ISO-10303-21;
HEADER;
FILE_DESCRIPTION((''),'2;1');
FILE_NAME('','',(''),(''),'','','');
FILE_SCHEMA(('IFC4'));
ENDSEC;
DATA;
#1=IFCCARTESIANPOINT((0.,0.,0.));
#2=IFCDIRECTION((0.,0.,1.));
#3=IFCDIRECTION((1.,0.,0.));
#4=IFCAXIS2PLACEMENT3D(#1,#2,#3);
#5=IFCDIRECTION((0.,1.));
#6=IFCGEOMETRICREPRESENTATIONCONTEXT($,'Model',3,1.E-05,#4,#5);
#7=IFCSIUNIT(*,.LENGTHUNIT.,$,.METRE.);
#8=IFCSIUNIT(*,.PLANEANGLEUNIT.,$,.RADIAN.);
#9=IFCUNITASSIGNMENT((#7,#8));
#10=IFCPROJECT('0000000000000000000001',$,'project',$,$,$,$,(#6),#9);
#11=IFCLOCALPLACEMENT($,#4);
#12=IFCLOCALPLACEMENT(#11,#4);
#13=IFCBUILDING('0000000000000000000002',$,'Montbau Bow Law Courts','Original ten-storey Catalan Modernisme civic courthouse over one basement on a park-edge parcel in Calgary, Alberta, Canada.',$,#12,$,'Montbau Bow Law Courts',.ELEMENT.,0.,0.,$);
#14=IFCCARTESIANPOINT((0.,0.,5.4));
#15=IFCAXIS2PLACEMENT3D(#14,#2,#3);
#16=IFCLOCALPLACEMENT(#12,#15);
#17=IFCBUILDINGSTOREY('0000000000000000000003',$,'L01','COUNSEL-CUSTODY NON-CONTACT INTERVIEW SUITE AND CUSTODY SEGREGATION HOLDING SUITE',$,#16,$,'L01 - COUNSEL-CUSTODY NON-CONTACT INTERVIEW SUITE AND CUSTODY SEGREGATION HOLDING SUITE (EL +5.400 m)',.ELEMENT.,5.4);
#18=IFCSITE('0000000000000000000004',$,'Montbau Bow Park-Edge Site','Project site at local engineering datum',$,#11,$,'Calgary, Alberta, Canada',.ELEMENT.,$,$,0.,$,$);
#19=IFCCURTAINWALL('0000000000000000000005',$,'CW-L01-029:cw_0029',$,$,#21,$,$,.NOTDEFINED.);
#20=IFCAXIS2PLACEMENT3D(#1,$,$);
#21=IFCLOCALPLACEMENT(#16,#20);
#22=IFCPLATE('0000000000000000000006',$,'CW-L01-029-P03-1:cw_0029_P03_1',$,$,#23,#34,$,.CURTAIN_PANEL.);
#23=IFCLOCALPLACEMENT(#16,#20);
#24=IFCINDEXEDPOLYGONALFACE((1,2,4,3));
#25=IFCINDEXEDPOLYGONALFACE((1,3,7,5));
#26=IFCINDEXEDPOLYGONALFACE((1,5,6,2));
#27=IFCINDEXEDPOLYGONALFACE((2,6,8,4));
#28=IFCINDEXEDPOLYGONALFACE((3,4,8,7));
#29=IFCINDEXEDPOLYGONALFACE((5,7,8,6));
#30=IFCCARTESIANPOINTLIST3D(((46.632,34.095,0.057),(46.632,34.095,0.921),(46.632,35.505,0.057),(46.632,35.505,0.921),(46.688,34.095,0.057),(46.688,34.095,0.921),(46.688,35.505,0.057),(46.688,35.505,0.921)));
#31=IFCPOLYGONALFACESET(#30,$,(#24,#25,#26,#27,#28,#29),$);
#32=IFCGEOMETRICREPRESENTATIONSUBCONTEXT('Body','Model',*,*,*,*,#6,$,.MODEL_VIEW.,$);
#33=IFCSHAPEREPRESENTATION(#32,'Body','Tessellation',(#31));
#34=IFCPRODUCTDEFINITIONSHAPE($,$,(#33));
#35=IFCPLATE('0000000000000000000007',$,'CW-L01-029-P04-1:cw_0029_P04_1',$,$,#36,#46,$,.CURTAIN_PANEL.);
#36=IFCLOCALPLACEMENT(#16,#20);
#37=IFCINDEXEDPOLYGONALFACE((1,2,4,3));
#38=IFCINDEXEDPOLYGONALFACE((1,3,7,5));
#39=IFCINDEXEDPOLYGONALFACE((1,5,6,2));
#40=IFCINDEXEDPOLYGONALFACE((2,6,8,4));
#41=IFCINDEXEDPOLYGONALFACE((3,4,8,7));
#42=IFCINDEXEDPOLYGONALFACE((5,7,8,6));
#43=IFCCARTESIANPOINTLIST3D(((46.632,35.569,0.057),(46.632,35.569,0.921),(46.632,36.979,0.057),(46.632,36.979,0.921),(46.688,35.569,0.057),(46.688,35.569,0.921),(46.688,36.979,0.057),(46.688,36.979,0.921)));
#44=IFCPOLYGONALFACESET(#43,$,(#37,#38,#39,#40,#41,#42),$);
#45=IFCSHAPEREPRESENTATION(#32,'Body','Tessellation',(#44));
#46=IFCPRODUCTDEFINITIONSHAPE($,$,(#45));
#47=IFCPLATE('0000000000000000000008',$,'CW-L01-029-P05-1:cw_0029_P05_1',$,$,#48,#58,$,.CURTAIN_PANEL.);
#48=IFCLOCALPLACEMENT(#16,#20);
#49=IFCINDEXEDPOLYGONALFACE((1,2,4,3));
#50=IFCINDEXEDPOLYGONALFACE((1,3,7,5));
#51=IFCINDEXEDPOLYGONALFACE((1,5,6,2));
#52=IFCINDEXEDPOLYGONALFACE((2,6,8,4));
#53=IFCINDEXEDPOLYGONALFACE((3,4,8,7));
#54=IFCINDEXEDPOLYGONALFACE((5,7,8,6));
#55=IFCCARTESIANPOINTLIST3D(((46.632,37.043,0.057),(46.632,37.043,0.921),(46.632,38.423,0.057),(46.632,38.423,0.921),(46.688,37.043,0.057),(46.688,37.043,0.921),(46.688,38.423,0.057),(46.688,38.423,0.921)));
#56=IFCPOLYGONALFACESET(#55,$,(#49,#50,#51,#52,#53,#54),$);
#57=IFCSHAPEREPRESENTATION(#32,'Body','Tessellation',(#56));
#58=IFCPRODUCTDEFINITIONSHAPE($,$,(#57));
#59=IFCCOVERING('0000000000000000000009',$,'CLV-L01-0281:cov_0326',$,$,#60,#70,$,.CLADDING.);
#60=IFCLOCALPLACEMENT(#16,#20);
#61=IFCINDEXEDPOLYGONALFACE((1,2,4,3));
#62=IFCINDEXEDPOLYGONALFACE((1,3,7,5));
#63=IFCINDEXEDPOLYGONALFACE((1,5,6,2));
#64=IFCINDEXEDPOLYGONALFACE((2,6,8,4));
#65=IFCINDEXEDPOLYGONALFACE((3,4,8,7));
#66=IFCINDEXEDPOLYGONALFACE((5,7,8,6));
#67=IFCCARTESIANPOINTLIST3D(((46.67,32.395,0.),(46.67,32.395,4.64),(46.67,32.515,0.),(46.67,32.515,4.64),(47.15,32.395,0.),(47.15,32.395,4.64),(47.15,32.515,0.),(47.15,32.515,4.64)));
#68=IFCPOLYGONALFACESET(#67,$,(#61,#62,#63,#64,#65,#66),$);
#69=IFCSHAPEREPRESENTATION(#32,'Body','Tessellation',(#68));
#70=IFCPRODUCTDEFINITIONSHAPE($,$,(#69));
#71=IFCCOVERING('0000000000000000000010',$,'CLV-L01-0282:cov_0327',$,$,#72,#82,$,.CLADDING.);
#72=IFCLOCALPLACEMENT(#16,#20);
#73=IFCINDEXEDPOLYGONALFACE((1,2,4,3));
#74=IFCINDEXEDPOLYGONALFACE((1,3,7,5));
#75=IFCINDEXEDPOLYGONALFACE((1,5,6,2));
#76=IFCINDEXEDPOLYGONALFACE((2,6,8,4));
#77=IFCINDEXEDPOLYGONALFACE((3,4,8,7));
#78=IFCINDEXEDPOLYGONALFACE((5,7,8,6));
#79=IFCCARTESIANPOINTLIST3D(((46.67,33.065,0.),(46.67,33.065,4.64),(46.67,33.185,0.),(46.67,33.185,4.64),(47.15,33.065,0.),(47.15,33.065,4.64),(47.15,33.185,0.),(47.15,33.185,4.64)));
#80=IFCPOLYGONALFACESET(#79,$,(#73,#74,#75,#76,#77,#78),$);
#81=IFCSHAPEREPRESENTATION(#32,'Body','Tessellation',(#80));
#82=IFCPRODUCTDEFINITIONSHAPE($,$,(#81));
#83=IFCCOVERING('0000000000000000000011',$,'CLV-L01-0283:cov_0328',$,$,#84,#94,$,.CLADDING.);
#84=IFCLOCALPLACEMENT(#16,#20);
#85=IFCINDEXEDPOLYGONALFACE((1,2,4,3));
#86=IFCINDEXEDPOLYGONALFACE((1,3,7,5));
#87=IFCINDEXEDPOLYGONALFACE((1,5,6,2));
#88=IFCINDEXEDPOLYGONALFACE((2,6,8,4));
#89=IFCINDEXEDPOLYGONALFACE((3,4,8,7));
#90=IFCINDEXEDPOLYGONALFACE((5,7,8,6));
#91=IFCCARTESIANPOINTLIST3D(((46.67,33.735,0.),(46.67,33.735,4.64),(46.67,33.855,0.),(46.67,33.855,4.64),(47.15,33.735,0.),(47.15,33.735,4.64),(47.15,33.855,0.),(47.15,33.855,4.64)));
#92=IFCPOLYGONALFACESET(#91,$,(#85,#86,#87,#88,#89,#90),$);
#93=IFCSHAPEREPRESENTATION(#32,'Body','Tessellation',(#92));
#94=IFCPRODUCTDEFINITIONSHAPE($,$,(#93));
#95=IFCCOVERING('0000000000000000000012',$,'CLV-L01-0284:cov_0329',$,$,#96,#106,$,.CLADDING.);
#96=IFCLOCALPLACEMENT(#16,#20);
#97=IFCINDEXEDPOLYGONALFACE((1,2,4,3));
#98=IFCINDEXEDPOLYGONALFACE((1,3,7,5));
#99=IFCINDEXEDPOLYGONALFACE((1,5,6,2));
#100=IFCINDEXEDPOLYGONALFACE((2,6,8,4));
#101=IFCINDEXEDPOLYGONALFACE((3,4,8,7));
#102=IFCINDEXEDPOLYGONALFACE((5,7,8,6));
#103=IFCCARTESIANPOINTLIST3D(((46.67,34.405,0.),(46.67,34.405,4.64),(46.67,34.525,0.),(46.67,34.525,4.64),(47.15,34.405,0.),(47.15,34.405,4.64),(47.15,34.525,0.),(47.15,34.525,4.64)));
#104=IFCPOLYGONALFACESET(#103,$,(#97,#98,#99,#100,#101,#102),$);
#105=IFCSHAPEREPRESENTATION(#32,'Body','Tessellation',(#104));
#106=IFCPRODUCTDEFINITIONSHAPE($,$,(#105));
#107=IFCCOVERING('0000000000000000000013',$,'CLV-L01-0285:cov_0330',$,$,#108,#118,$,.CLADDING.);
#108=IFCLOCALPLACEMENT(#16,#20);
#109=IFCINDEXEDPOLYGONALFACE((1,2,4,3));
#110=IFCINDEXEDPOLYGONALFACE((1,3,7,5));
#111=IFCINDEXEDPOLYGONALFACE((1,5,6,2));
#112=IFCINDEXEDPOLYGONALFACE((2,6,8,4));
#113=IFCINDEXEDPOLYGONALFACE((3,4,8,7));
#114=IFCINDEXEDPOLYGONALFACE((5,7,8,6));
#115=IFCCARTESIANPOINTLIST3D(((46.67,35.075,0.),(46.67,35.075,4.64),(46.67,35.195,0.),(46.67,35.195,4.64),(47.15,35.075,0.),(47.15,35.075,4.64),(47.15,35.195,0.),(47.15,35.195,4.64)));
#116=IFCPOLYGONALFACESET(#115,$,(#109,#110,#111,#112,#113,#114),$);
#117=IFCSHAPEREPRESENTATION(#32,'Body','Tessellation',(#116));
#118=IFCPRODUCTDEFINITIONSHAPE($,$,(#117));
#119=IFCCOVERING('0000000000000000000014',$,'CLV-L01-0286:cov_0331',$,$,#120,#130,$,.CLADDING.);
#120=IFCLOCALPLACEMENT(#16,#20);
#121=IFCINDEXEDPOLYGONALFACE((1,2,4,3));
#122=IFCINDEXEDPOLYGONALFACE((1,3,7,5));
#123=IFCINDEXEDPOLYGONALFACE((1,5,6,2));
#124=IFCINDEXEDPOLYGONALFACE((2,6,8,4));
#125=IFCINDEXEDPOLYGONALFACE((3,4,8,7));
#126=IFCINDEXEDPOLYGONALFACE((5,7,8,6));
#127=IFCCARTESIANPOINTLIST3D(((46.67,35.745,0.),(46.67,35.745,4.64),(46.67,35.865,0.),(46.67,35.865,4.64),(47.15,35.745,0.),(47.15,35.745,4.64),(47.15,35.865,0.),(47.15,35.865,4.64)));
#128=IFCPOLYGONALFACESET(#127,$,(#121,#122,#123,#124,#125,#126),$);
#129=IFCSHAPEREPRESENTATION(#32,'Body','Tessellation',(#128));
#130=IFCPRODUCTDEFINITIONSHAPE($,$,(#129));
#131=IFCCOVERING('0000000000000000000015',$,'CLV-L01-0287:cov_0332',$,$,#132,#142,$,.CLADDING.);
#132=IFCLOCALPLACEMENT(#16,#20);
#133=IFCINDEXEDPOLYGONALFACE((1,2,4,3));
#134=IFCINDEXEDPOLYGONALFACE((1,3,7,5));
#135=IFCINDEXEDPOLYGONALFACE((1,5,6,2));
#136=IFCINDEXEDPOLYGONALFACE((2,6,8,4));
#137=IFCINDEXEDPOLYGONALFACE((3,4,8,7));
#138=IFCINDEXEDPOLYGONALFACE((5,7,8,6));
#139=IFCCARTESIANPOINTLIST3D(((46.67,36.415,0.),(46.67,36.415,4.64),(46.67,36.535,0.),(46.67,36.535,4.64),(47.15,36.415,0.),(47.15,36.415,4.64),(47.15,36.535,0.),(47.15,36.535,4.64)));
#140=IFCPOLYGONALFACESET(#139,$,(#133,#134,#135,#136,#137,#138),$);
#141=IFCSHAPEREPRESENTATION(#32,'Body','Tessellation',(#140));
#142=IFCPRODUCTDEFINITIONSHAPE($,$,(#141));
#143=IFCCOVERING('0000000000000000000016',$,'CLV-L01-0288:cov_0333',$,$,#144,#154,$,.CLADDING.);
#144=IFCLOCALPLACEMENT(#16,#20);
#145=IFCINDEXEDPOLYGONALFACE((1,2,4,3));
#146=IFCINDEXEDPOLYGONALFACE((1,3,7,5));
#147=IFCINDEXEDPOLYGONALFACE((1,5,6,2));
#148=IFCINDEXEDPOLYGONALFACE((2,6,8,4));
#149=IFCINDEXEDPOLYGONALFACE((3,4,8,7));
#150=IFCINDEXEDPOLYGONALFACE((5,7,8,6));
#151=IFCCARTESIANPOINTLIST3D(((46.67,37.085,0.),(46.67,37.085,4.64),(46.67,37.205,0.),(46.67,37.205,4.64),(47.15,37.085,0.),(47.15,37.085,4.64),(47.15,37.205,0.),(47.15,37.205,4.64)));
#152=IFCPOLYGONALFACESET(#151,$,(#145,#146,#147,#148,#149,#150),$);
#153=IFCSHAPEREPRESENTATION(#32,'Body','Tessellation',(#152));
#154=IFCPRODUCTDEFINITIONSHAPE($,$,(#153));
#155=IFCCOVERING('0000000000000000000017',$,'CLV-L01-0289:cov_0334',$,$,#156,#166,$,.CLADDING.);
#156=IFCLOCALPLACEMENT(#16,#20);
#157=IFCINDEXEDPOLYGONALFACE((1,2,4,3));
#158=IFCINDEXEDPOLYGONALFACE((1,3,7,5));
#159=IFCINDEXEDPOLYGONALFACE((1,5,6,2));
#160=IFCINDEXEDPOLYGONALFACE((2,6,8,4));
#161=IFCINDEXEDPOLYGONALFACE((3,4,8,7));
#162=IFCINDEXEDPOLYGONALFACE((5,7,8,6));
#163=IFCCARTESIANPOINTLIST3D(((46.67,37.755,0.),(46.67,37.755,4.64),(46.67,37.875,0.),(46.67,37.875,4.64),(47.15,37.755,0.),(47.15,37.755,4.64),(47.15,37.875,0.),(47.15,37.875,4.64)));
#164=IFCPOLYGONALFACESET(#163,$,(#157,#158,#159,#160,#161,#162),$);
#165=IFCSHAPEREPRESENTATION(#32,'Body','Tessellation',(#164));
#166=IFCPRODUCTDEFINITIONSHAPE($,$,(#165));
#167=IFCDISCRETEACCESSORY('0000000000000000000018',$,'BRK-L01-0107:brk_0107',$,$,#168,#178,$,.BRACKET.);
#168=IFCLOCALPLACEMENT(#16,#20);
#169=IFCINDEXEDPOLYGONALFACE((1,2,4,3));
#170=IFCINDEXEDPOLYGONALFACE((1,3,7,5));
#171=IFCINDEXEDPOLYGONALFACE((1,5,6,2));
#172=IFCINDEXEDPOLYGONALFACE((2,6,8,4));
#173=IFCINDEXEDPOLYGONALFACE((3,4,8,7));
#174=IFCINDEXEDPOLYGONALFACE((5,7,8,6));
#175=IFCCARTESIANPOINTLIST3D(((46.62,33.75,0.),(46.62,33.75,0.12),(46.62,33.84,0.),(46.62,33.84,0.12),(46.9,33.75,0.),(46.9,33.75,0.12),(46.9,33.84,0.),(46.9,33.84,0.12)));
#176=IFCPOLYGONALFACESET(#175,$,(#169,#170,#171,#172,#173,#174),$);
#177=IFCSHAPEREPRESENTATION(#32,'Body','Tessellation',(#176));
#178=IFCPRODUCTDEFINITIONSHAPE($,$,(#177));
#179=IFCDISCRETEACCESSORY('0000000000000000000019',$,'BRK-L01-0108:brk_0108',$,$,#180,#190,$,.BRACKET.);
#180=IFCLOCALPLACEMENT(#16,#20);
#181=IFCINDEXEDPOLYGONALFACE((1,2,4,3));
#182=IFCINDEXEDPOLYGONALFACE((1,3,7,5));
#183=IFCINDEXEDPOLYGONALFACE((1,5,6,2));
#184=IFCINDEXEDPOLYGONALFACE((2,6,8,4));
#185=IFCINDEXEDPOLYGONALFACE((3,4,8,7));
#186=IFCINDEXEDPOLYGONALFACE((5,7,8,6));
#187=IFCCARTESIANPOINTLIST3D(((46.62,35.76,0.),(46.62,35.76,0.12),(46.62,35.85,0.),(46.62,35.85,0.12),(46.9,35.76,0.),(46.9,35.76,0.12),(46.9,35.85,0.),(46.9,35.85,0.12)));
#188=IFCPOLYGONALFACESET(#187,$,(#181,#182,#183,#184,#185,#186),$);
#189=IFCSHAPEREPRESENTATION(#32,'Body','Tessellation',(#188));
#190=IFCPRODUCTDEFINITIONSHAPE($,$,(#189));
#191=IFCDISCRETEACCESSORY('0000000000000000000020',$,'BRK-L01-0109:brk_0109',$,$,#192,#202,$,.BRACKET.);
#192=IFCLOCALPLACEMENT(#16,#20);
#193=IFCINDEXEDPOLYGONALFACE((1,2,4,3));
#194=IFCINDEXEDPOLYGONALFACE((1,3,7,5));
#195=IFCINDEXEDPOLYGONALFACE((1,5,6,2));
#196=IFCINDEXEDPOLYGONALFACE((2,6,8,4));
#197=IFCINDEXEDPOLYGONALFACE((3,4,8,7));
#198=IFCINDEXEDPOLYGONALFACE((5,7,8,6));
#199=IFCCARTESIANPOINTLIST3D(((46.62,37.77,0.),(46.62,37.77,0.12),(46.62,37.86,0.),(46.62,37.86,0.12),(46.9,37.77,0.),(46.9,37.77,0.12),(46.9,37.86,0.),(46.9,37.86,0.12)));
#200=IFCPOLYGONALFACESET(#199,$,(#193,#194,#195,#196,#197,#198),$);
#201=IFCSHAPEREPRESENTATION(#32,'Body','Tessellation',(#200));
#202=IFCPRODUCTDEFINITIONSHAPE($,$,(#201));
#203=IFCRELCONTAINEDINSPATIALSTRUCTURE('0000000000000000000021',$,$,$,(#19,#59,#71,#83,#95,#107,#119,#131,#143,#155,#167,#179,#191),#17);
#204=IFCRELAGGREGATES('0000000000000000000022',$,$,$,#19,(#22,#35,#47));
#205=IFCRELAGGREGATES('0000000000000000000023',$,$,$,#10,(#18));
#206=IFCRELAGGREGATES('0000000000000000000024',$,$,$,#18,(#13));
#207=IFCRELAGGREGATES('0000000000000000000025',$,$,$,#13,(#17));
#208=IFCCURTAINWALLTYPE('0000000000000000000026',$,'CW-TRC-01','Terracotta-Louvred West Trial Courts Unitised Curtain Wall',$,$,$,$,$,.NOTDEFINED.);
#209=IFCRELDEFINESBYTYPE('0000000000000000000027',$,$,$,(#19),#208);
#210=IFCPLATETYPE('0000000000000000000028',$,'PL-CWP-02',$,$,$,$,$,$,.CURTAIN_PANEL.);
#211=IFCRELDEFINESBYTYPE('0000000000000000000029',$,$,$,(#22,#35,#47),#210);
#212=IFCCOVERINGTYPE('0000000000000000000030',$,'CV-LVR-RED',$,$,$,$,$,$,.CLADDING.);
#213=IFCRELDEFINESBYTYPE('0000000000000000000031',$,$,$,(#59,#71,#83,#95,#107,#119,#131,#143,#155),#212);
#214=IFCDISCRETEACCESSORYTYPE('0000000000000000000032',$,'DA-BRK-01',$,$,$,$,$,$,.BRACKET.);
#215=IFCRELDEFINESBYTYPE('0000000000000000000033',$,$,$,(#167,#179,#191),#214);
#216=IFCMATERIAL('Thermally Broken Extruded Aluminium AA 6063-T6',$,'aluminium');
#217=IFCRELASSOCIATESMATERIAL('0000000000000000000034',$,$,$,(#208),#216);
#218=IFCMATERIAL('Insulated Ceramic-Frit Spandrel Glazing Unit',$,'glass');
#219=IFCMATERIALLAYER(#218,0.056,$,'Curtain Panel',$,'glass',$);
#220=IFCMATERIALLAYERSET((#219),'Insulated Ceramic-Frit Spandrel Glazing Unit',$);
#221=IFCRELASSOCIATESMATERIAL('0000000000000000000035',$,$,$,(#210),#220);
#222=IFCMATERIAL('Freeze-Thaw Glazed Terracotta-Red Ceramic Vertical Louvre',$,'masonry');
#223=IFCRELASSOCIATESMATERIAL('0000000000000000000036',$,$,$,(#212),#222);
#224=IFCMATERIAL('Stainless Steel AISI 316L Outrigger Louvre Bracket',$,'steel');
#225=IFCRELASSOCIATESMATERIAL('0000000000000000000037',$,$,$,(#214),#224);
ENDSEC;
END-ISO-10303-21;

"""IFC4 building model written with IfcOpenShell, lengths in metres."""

from ifc_helpers import new_model, si_unit, direction, frame, frame_2d, origin_with_axes, origin_2d_with_axis, place, context, subcontext, project, spatial, rectangle, extrude, material, layer, layer_set, type_object, element, aggregate, save


model = new_model("IFC4")

# Units and contexts
model_context = context("Model", 3, precision=1e-05, world=origin_with_axes(), true_north=direction((0.0, 1.0)))
body_context = subcontext(model_context, "Body", "Model", "MODEL_VIEW")
ifc_project = project(units=[si_unit("LENGTHUNIT", "METRE"), si_unit("PLANEANGLEUNIT", "RADIAN")], contexts=[model_context])

# Site, building, storey
site_placement = place(None, origin_with_axes())
site = spatial("IfcSite", under=ifc_project, at=site_placement, Name="Montbau Bow Park-Edge Site", Description="Project site at local engineering datum", LongName="Calgary, Alberta, Canada", CompositionType="ELEMENT", RefElevation=0.0)
building_placement = place(site_placement, origin_with_axes())
building = spatial("IfcBuilding", under=site, at=building_placement, Name="Montbau Bow Law Courts", Description="Original ten-storey Catalan Modernisme civic courthouse over one basement on a park-edge parcel in Calgary, Alberta, Canada.", LongName="Montbau Bow Law Courts", CompositionType="ELEMENT", ElevationOfRefHeight=0.0, ElevationOfTerrain=0.0)
storey_placement = place(building_placement, frame((0.0, 0.0, 5.4), z_axis=(0.0, 0.0, 1.0), x_axis=(1.0, 0.0, 0.0)))
storey = spatial("IfcBuildingStorey", under=building, at=storey_placement, Name="L01", Description="COUNSEL-CUSTODY NON-CONTACT INTERVIEW SUITE AND CUSTODY SEGREGATION HOLDING SUITE", LongName="L01 - COUNSEL-CUSTODY NON-CONTACT INTERVIEW SUITE AND CUSTODY SEGREGATION HOLDING SUITE (EL +5.400 m)", CompositionType="ELEMENT", Elevation=5.4)

# Curtain wall, plates
ifc_material_1 = material(Name="Thermally Broken Extruded Aluminium AA 6063-T6", Category="aluminium")
curtain_wall_type = type_object("IfcCurtainWallType", Name="CW-TRC-01", Description="Terracotta-Louvred West Trial Courts Unitised Curtain Wall", PredefinedType="NOTDEFINED", material=ifc_material_1)
curtain_wall_placement = place(None, frame((46.66, 31.115, 5.4), z_axis=(0.0, 0.0, 1.0), x_axis=(1.0, 0.0, 0.0)))
curtain_wall = element("IfcCurtainWall", 1, at=curtain_wall_placement, inside=storey, type_object=curtain_wall_type, Name="CW-L01-029:cw_0029", PredefinedType="NOTDEFINED")
ifc_material_2 = material(Name="Insulated Ceramic-Frit Spandrel Glazing Unit", Category="glass")
ifc_layer_1 = layer(ifc_material_2, 0.056, Name="Curtain Panel", Category="glass")
ifc_layer_set_1 = layer_set([ifc_layer_1], Name="Insulated Ceramic-Frit Spandrel Glazing Unit")
plate_type_1 = type_object("IfcPlateType", Name="PL-CWP-02", PredefinedType="CURTAIN_PANEL", material=ifc_layer_set_1)
plate_1_placement = place(None, frame((46.66, 34.095, 5.457), z_axis=(1.0, 0.0, 0.0), x_axis=(0.0, 1.0, 0.0)))
plate_1 = element("IfcPlate", 2, at=plate_1_placement, type_object=plate_type_1, Name="CW-L01-029-P03-1:cw_0029_P03_1", PredefinedType="CURTAIN_PANEL", context=body_context, shape_type="SweptSolid", body=[
    extrude(rectangle(XDim=1.41, YDim=0.864, at=frame_2d((0.705, 0.432), x_axis=(1.0, 0.0))), frame((0.0, 0.0, -0.028), z_axis=(0.0, 0.0, 1.0), x_axis=(1.0, 0.0, 0.0)), (0.0, 0.0, 1.0), 0.056),
])
plate_2_placement = place(None, frame((46.66, 35.569, 5.457), z_axis=(1.0, 0.0, 0.0), x_axis=(0.0, 1.0, 0.0)))
plate_2 = element("IfcPlate", 3, at=plate_2_placement, type_object=plate_type_1, Name="CW-L01-029-P04-1:cw_0029_P04_1", PredefinedType="CURTAIN_PANEL", context=body_context, shape_type="SweptSolid", body=[
    extrude(rectangle(XDim=1.41, YDim=0.864, at=frame_2d((0.705, 0.432), x_axis=(1.0, 0.0))), frame((0.0, 0.0, -0.028), z_axis=(0.0, 0.0, 1.0), x_axis=(1.0, 0.0, 0.0)), (0.0, 0.0, 1.0), 0.056),
])
plate_3_placement = place(None, frame((46.66, 37.043, 5.457), z_axis=(1.0, 0.0, 0.0), x_axis=(0.0, 1.0, 0.0)))
plate_3 = element("IfcPlate", 4, at=plate_3_placement, type_object=plate_type_1, Name="CW-L01-029-P05-1:cw_0029_P05_1", PredefinedType="CURTAIN_PANEL", context=body_context, shape_type="SweptSolid", body=[
    extrude(rectangle(XDim=1.38, YDim=0.864, at=frame_2d((0.69, 0.432), x_axis=(1.0, 0.0))), frame((0.0, 0.0, -0.028), z_axis=(0.0, 0.0, 1.0), x_axis=(1.0, 0.0, 0.0)), (0.0, 0.0, 1.0), 0.056),
])
aggregate(curtain_wall, [plate_1, plate_2, plate_3])

# Coverings
ifc_material_3 = material(Name="Freeze-Thaw Glazed Terracotta-Red Ceramic Vertical Louvre", Category="masonry")
covering_type = type_object("IfcCoveringType", Name="CV-LVR-RED", PredefinedType="CLADDING", material=ifc_material_3)
for number, where, z_axis, x_axis, name in (
    (5, (46.67, 32.455, 5.4), (0.0, -1.0, 0.0), (1.0, 0.0, 0.0), "CLV-L01-0281:cov_0326"),
    (6, (46.67, 33.125, 5.4), (0.0, -1.0, 0.0), (1.0, 0.0, 0.0), "CLV-L01-0282:cov_0327"),
    (7, (46.67, 33.795, 5.4), (0.0, -1.0, 0.0), (1.0, 0.0, 0.0), "CLV-L01-0283:cov_0328"),
    (8, (46.67, 34.465, 5.4), (0.0, -1.0, 0.0), (1.0, 0.0, 0.0), "CLV-L01-0284:cov_0329"),
    (9, (46.67, 35.135, 5.4), (0.0, -1.0, 0.0), (1.0, 0.0, 0.0), "CLV-L01-0285:cov_0330"),
    (10, (46.67, 35.805, 5.4), (0.0, -1.0, 0.0), (1.0, 0.0, 0.0), "CLV-L01-0286:cov_0331"),
    (11, (46.67, 36.475, 5.4), (0.0, -1.0, 0.0), (1.0, 0.0, 0.0), "CLV-L01-0287:cov_0332"),
    (12, (46.67, 37.145, 5.4), (0.0, -1.0, 0.0), (1.0, 0.0, 0.0), "CLV-L01-0288:cov_0333"),
    (13, (46.67, 37.815, 5.4), (0.0, -1.0, 0.0), (1.0, 0.0, 0.0), "CLV-L01-0289:cov_0334"),
):
    element("IfcCovering", number, at=place(None, frame(where, z_axis=z_axis, x_axis=x_axis)), inside=storey, type_object=covering_type, Name=name, PredefinedType="CLADDING", context=body_context, shape_type="SweptSolid", body=[
        extrude(rectangle(XDim=0.48, YDim=4.64, at=frame_2d((0.24, 2.32), x_axis=(1.0, 0.0))), frame((0.0, 0.0, -0.06), z_axis=(0.0, 0.0, 1.0), x_axis=(1.0, 0.0, 0.0)), (0.0, 0.0, 1.0), 0.12),
    ])

# Discrete accessories
ifc_material_4 = material(Name="Stainless Steel AISI 316L Outrigger Louvre Bracket", Category="steel")
discrete_accessory_type = type_object("IfcDiscreteAccessoryType", Name="DA-BRK-01", PredefinedType="BRACKET", material=ifc_material_4)
for number, where, z_axis, x_axis, name in (
    (14, (46.76, 33.795, 5.4), (0.0, 0.0, 1.0), (1.0, 0.0, 0.0), "BRK-L01-0107:brk_0107"),
    (15, (46.76, 35.805, 5.4), (0.0, 0.0, 1.0), (1.0, 0.0, 0.0), "BRK-L01-0108:brk_0108"),
    (16, (46.76, 37.815, 5.4), (0.0, 0.0, 1.0), (1.0, 0.0, 0.0), "BRK-L01-0109:brk_0109"),
):
    element("IfcDiscreteAccessory", number, at=place(None, frame(where, z_axis=z_axis, x_axis=x_axis)), inside=storey, type_object=discrete_accessory_type, Name=name, PredefinedType="BRACKET", context=body_context, shape_type="SweptSolid", body=[
        extrude(rectangle(XDim=0.28, YDim=0.09, at=origin_2d_with_axis()), origin_with_axes(), (0.0, 0.0, 1.0), 0.12),
    ])

save(model, "model.ifc")
